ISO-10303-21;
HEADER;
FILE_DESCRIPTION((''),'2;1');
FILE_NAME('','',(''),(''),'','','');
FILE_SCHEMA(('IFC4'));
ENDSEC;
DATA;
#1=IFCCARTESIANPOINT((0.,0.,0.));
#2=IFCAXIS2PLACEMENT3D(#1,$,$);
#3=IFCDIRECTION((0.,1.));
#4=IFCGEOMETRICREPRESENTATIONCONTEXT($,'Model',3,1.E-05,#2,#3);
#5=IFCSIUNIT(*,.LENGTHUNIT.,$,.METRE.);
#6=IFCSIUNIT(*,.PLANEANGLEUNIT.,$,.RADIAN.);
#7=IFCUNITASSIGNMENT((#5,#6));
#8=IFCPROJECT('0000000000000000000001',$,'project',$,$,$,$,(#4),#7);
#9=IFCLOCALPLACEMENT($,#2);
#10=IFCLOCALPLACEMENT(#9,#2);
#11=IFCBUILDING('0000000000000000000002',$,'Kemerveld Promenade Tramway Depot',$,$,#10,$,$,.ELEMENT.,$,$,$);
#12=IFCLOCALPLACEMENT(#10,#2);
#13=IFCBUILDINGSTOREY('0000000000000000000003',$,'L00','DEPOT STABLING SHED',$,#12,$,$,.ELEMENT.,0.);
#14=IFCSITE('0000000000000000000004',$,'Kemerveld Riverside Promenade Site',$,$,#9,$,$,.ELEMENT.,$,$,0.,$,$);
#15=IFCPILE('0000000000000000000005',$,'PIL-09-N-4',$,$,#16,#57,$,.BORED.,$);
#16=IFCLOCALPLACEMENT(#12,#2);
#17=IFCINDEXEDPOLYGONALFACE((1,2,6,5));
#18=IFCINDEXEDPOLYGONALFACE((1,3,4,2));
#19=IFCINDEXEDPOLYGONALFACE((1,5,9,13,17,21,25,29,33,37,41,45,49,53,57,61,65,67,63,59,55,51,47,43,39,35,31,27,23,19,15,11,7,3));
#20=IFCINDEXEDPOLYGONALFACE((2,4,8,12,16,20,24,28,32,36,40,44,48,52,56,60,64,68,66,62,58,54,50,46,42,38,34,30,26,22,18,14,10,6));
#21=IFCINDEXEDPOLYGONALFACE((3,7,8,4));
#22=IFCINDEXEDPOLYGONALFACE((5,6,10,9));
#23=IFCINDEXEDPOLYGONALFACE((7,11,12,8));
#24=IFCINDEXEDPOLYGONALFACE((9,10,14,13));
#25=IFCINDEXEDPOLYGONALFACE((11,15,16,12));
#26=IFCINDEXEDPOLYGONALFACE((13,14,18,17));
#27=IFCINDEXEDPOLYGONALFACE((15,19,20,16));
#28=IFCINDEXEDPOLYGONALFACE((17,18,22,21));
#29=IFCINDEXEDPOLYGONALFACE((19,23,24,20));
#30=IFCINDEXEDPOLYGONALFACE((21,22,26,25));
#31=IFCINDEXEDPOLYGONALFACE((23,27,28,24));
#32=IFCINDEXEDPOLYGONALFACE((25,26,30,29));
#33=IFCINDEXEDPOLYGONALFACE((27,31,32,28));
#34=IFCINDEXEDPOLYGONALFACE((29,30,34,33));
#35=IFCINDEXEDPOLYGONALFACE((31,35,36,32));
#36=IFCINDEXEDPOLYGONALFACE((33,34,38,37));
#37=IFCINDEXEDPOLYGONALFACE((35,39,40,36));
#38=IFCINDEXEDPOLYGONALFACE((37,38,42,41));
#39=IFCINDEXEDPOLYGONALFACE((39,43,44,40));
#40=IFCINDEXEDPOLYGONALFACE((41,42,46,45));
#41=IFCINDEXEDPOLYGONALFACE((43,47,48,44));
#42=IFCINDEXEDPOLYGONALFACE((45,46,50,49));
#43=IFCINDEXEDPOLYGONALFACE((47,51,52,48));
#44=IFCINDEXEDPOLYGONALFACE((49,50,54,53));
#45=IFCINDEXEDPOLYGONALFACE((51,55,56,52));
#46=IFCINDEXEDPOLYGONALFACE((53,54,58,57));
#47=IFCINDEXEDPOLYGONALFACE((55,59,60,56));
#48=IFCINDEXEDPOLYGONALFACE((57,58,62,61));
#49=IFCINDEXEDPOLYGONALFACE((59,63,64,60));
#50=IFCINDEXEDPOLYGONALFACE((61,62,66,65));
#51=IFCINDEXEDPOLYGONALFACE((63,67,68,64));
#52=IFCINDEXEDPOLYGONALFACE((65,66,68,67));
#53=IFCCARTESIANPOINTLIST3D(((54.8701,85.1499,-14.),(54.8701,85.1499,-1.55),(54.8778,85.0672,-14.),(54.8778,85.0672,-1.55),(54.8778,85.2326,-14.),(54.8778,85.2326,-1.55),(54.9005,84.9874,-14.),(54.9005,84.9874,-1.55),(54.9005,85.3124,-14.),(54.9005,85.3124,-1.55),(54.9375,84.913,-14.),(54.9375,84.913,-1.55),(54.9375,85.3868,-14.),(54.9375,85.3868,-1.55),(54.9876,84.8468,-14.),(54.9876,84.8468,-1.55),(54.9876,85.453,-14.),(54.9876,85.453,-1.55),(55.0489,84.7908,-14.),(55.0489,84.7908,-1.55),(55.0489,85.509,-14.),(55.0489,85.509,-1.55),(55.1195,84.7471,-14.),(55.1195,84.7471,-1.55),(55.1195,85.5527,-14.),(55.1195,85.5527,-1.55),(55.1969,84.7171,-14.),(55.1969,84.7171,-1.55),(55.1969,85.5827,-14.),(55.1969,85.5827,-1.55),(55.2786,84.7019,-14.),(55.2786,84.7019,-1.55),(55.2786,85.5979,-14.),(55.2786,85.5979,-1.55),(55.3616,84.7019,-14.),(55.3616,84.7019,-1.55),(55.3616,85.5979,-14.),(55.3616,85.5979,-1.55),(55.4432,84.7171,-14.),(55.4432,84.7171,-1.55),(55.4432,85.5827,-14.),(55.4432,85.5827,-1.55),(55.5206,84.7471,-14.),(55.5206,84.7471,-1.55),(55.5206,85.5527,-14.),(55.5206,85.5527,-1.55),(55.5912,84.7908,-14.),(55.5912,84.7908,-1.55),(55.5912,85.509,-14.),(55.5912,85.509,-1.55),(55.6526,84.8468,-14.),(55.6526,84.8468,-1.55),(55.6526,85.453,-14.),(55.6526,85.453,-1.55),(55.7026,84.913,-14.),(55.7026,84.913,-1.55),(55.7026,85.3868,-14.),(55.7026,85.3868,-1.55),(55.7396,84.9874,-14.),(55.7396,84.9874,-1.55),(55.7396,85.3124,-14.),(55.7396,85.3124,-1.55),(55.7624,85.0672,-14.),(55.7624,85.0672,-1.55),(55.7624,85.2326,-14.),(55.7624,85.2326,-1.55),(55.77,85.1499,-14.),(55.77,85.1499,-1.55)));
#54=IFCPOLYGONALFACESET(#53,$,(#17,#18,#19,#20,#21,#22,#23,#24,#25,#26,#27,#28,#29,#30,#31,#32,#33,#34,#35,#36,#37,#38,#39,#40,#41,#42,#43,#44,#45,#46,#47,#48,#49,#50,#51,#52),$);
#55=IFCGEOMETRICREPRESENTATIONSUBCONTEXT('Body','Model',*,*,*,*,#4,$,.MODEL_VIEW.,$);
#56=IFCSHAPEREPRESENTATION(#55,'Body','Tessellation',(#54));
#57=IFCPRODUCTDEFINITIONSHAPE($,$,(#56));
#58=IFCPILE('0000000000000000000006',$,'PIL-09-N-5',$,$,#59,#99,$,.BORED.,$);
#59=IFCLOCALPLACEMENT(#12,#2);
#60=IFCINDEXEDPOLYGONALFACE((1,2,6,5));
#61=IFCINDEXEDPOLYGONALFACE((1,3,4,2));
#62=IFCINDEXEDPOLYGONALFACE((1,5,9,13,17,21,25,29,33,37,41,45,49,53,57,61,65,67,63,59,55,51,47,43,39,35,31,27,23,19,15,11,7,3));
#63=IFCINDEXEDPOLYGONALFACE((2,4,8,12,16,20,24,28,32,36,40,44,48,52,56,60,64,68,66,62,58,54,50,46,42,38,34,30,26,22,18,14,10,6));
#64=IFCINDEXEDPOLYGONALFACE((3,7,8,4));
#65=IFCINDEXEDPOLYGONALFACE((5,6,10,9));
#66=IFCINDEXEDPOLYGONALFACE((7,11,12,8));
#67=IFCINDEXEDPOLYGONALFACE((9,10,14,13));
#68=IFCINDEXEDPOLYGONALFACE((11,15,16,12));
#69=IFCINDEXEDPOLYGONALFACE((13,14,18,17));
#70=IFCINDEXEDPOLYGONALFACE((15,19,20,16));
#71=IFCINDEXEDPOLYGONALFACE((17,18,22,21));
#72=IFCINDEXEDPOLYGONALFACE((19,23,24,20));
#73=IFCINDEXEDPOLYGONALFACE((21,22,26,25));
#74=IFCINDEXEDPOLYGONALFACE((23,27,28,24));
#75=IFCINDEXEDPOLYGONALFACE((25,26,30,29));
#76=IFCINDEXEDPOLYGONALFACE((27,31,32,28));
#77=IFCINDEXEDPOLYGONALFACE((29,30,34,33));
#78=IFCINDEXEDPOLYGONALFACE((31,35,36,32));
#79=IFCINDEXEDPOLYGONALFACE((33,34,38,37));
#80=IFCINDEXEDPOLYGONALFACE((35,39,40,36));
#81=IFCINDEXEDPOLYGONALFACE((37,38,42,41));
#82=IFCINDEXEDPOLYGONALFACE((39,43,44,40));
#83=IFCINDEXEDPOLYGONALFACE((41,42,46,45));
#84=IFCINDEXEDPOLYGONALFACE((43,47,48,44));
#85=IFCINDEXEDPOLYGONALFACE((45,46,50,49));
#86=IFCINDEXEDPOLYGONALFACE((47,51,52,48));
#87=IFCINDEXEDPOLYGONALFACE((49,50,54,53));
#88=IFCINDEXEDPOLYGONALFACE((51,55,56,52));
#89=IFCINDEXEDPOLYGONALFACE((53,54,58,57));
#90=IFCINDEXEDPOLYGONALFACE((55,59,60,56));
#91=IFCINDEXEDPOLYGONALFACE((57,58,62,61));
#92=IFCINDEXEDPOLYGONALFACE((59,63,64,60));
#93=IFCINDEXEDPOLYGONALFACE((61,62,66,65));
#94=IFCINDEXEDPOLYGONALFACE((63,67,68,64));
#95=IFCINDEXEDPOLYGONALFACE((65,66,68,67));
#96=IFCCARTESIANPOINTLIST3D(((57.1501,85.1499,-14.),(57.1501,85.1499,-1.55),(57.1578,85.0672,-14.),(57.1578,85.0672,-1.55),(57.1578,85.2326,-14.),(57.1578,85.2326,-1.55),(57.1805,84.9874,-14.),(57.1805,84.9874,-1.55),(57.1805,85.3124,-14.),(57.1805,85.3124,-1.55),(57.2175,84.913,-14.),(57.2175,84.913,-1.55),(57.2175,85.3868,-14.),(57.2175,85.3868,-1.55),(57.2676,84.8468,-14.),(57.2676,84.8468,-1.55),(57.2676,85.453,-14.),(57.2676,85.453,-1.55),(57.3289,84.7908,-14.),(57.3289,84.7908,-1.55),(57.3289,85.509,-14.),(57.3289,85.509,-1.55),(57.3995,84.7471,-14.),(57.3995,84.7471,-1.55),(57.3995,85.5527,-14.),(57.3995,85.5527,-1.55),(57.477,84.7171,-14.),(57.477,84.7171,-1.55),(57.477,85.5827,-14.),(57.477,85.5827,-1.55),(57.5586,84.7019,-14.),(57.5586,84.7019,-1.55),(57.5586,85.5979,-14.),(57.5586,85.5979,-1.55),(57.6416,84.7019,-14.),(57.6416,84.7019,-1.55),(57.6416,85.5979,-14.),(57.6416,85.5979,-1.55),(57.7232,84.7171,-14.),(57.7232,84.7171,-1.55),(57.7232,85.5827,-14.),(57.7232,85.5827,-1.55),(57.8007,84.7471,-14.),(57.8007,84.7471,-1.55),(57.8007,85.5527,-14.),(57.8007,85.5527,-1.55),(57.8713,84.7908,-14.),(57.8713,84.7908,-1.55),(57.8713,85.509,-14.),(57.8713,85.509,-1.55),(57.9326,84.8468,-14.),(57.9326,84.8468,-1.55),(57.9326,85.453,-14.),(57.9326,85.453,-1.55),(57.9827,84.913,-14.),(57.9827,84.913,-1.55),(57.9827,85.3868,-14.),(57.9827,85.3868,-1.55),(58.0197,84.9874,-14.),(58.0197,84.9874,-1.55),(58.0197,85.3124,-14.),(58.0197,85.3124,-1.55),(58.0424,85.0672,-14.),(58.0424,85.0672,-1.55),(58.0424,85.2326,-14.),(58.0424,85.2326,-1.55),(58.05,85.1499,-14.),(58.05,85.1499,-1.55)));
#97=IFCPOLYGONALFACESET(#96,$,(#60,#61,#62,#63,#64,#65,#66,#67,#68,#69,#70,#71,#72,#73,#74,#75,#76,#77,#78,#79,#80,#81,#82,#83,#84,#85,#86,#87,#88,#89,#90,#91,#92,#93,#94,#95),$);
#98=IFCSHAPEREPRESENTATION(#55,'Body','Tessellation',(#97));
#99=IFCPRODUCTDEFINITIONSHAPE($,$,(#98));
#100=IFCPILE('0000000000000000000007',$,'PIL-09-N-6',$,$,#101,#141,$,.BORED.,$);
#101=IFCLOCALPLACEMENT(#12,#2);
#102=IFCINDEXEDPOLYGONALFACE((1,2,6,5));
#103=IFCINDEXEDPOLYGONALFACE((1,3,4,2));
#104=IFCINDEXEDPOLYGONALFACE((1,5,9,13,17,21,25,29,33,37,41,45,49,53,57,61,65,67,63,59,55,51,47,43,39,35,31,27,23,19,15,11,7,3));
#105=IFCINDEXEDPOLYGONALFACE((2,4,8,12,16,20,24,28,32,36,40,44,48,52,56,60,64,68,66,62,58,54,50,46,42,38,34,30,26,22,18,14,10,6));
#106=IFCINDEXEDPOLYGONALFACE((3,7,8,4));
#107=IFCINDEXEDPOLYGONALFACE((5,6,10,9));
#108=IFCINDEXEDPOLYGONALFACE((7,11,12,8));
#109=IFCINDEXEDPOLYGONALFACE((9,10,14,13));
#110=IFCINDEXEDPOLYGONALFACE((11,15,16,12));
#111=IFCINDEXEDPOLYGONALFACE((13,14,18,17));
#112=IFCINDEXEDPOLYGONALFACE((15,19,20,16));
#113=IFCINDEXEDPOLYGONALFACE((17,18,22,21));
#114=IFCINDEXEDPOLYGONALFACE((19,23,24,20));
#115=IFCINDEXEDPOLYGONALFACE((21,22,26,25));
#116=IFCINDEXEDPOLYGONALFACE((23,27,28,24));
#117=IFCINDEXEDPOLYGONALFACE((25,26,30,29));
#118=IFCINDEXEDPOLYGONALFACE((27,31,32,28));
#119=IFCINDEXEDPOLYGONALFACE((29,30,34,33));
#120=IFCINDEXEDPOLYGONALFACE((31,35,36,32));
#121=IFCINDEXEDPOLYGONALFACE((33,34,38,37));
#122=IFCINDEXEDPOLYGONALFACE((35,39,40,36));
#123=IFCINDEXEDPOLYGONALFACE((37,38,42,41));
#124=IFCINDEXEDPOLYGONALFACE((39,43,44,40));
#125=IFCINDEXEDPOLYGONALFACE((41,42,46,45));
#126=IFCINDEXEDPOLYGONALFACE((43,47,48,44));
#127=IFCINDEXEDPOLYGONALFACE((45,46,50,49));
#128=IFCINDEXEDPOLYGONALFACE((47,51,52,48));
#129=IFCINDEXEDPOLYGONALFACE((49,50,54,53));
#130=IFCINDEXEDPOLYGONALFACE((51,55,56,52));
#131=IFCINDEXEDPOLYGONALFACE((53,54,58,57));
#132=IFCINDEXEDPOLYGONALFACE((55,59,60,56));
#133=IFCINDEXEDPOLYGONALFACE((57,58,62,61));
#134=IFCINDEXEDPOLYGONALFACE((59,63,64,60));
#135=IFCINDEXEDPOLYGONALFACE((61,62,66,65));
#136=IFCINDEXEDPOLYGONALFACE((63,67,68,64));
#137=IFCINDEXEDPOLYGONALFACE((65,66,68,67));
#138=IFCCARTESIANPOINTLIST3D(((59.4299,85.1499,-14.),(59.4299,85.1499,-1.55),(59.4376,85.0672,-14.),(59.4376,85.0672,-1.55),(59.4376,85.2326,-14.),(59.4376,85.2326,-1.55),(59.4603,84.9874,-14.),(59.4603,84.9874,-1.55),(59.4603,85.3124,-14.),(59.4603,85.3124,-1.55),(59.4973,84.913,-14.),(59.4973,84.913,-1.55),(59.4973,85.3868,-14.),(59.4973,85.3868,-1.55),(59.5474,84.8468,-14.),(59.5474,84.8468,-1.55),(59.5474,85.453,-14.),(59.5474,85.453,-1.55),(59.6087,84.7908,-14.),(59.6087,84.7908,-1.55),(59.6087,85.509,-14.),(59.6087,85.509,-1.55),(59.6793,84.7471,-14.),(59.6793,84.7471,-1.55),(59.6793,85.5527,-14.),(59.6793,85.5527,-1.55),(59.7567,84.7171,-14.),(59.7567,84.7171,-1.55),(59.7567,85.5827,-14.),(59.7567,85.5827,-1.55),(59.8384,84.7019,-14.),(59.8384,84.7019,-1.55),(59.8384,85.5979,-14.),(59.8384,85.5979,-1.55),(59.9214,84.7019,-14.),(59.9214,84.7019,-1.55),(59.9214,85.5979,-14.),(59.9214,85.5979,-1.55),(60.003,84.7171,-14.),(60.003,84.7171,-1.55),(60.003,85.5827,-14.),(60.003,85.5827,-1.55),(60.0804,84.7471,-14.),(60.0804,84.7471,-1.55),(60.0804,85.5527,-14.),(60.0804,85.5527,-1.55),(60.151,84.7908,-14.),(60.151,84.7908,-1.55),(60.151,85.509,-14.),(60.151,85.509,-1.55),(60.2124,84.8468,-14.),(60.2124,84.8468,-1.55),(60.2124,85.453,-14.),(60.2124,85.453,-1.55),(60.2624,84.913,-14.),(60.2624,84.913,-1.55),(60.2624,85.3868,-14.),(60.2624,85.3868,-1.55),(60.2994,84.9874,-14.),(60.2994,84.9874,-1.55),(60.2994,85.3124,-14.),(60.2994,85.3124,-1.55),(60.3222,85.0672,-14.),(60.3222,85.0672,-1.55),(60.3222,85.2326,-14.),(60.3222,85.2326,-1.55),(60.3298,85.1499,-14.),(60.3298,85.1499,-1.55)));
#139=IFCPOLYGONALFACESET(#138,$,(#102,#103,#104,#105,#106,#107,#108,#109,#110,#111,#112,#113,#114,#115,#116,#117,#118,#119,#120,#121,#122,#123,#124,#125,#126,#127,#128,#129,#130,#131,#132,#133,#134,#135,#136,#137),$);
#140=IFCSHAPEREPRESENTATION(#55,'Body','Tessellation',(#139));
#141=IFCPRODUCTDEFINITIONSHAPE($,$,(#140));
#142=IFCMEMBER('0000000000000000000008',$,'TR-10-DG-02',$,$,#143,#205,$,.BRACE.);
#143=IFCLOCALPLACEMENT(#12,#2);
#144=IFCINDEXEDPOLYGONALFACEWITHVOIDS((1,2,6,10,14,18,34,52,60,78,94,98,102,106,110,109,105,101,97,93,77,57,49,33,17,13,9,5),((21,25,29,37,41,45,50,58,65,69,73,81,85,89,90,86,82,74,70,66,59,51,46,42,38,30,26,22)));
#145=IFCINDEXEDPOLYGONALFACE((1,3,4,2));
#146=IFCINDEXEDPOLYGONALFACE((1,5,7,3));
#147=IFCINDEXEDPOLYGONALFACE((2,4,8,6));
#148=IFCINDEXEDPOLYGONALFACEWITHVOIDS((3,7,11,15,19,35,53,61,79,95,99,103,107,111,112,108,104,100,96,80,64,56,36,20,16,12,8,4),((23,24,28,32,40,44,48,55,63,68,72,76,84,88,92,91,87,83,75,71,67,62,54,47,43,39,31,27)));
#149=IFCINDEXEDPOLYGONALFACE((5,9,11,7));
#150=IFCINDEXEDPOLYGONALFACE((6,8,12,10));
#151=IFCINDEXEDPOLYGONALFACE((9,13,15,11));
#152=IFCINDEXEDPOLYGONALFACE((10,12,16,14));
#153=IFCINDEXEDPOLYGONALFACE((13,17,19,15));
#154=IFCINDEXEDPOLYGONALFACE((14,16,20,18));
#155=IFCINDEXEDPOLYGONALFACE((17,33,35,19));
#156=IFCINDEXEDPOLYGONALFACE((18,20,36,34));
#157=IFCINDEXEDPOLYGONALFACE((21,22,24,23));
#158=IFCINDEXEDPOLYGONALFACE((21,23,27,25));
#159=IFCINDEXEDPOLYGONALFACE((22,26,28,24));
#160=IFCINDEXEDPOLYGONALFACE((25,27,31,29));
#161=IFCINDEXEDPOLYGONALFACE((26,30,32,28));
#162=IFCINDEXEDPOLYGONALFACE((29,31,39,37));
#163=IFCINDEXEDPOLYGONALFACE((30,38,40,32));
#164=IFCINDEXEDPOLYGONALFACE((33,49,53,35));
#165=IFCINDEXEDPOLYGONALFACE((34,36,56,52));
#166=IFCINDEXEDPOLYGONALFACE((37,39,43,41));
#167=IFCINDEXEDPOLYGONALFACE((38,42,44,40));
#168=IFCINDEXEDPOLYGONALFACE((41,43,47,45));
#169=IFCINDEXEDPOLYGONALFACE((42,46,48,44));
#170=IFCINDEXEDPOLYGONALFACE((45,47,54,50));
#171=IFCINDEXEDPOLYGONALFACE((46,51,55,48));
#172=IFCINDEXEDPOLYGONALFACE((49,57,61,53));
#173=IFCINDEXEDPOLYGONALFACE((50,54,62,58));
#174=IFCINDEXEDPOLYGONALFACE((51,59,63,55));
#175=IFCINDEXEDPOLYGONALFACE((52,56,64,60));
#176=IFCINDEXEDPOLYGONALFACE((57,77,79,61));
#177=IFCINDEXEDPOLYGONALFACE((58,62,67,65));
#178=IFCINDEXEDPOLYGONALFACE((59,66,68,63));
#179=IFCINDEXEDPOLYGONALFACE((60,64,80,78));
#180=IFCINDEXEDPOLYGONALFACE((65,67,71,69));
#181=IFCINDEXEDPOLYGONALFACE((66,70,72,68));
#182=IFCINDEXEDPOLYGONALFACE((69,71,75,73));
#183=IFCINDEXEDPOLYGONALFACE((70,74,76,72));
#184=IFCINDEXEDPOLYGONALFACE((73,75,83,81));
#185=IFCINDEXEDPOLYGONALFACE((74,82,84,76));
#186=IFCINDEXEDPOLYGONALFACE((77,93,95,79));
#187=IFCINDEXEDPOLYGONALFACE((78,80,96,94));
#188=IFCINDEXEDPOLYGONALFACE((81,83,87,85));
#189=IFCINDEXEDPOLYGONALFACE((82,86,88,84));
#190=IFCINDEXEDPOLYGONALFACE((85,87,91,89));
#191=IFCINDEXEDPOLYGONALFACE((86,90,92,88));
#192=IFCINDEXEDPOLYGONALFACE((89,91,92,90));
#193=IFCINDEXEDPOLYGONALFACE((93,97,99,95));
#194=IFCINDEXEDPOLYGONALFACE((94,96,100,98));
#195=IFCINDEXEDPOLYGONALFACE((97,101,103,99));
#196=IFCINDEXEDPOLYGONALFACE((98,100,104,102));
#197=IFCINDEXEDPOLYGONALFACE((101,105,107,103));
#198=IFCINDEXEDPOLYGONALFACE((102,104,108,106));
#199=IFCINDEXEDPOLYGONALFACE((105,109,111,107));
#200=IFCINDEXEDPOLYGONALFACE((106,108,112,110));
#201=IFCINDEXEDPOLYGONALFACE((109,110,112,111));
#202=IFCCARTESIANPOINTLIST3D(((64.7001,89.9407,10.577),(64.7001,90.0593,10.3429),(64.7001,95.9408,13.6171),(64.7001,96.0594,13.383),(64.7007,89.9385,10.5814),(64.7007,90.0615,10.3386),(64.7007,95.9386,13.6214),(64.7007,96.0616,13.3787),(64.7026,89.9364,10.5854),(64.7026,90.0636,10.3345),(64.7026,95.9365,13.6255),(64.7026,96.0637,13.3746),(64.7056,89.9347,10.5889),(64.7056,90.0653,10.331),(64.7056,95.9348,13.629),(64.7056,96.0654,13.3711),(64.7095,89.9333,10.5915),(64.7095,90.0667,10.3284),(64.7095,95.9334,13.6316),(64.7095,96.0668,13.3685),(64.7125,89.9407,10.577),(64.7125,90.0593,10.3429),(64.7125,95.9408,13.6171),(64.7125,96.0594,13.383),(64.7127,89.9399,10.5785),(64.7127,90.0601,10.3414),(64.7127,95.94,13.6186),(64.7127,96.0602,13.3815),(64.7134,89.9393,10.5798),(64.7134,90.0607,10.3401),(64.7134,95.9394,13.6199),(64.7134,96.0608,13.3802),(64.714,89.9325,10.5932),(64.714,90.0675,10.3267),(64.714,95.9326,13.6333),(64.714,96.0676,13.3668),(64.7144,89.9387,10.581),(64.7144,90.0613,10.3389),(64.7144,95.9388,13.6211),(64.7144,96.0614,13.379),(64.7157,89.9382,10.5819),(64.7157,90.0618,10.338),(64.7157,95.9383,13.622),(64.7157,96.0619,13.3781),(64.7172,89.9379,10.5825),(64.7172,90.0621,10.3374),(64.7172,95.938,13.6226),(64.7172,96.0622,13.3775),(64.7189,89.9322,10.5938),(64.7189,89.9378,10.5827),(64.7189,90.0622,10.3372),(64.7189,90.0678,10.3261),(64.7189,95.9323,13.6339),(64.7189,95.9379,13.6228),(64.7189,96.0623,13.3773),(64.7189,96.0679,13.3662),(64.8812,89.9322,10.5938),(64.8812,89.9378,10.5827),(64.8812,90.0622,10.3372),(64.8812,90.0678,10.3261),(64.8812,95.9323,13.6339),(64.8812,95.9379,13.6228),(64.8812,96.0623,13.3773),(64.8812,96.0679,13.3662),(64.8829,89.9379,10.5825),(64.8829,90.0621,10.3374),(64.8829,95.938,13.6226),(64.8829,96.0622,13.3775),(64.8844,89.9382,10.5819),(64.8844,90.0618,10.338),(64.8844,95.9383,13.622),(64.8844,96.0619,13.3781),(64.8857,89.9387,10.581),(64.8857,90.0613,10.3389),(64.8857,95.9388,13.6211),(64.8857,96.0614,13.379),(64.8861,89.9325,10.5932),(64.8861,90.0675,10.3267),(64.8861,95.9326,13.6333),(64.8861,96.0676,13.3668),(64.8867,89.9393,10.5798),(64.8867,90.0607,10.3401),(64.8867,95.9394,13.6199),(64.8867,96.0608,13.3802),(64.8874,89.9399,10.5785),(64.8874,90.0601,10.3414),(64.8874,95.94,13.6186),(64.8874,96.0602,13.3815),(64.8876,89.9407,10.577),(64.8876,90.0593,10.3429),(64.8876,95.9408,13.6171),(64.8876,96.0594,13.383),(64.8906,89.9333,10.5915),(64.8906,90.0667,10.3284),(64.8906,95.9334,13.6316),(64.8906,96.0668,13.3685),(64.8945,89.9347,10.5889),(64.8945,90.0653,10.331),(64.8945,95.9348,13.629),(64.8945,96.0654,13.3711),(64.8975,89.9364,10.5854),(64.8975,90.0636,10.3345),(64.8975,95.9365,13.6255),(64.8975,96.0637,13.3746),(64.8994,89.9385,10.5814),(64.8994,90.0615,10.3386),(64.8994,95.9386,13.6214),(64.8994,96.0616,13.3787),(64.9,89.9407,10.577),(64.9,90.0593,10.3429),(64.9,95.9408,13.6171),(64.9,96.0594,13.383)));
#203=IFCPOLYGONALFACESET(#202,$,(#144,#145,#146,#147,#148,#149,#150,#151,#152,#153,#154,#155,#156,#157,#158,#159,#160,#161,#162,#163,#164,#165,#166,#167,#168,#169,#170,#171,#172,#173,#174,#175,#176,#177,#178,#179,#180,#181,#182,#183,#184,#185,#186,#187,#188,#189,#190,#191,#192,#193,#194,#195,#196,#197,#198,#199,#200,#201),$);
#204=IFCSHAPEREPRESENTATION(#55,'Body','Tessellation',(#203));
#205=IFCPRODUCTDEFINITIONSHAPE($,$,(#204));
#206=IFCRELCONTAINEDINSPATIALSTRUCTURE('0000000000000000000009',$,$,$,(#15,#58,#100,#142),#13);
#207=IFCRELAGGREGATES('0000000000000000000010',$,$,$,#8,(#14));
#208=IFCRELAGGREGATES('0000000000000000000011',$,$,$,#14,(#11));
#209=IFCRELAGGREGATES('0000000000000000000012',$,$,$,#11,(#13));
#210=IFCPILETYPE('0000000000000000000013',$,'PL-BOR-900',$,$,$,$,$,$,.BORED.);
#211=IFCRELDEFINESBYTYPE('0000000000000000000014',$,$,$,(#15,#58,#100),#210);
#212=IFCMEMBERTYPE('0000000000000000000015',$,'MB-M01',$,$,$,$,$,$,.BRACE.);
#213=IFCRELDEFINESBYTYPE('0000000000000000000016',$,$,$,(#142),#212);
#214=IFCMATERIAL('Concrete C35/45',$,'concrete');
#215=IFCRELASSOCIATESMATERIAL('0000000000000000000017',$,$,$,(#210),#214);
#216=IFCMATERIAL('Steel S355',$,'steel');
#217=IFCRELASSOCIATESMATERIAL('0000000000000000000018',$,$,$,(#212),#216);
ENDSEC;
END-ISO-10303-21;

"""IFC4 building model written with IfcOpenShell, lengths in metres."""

from ifc_helpers import new_model, si_unit, direction, frame, origin, origin_2d, place, context, subcontext, project, spatial, hollow_rectangle, circle, extrude, material, material_profile, profile_set, type_object, element, save


model = new_model("IFC4")

# Units and contexts
model_context = context("Model", 3, precision=1e-05, world=origin(), true_north=direction((0.0, 1.0)))
body_context = subcontext(model_context, "Body", "Model", "MODEL_VIEW")
ifc_project = project(units=[si_unit("LENGTHUNIT", "METRE"), si_unit("PLANEANGLEUNIT", "RADIAN")], contexts=[model_context])

# Site, building, storey
site_placement = place(None, origin())
site = spatial("IfcSite", under=ifc_project, at=site_placement, Name="Kemerveld Riverside Promenade Site", CompositionType="ELEMENT", RefElevation=0.0)
building_placement = place(site_placement, origin())
building = spatial("IfcBuilding", under=site, at=building_placement, Name="Kemerveld Promenade Tramway Depot", CompositionType="ELEMENT")
storey_placement = place(building_placement, origin())
storey = spatial("IfcBuildingStorey", under=building, at=storey_placement, Name="L00", Description="DEPOT STABLING SHED", CompositionType="ELEMENT", Elevation=0.0)

# Shared definitions
ifc_material_1 = material(Name="Concrete C35/45", Category="concrete")

# Piles
ifc_material_profile_1 = material_profile(ifc_material_1, circle(Radius=0.45, at=origin_2d()), Name="PILE-D900")
ifc_profile_set_1 = profile_set([ifc_material_profile_1], Name="Concrete C35/45")
pile_type_1 = type_object("IfcPileType", Name="PL-BOR-900", PredefinedType="BORED", material=ifc_profile_set_1)
for number, where, z_axis, x_axis, name in (
    (1, (55.3201, 85.1499, -1.55), (0.0, 0.0, -1.0), (1.0, 0.0, 0.0), "PIL-09-N-4"),
    (2, (57.6001, 85.1499, -1.55), (0.0, 0.0, -1.0), (1.0, 0.0, 0.0), "PIL-09-N-5"),
    (3, (59.8799, 85.1499, -1.55), (0.0, 0.0, -1.0), (1.0, 0.0, 0.0), "PIL-09-N-6"),
):
    element("IfcPile", number, at=place(storey_placement, frame(where, z_axis=z_axis, x_axis=x_axis)), inside=storey, type_object=pile_type_1, Name=name, PredefinedType="BORED", context=body_context, shape_type="SweptSolid", body=[
        extrude(circle(Radius=0.45, at=origin_2d()), origin(), (0.0, 0.0, 1.0), 12.45),
    ])

# Member
ifc_material_2 = material(Name="Steel S355", Category="steel")
ifc_material_profile_2 = material_profile(ifc_material_2, hollow_rectangle(XDim=0.2, YDim=0.3, WallThickness=0.0125, InnerFilletRadius=0.0063, OuterFilletRadius=0.0188, at=origin_2d()), Name="300x200x12.5 RHS")
ifc_profile_set_2 = profile_set([ifc_material_profile_2], Name="Steel S355")
member_type_1 = type_object("IfcMemberType", Name="MB-M01", PredefinedType="BRACE", material=ifc_profile_set_2)
member_1_placement = place(storey_placement, frame((64.8, 90.0, 10.46), z_axis=(0.0, 0.892033, 0.451969), x_axis=(-1.0, 0.0, 0.0)))
element("IfcMember", 4, at=member_1_placement, inside=storey, type_object=member_type_1, Name="TR-10-DG-02", PredefinedType="BRACE", context=body_context, shape_type="SweptSolid", body=[
    extrude(hollow_rectangle(XDim=0.2, YDim=0.3, WallThickness=0.0125, InnerFilletRadius=0.0063, OuterFilletRadius=0.0188, at=origin_2d()), origin(), (0.0, 0.0, 1.0), 6.7263),
])

save(model, "model.ifc")
